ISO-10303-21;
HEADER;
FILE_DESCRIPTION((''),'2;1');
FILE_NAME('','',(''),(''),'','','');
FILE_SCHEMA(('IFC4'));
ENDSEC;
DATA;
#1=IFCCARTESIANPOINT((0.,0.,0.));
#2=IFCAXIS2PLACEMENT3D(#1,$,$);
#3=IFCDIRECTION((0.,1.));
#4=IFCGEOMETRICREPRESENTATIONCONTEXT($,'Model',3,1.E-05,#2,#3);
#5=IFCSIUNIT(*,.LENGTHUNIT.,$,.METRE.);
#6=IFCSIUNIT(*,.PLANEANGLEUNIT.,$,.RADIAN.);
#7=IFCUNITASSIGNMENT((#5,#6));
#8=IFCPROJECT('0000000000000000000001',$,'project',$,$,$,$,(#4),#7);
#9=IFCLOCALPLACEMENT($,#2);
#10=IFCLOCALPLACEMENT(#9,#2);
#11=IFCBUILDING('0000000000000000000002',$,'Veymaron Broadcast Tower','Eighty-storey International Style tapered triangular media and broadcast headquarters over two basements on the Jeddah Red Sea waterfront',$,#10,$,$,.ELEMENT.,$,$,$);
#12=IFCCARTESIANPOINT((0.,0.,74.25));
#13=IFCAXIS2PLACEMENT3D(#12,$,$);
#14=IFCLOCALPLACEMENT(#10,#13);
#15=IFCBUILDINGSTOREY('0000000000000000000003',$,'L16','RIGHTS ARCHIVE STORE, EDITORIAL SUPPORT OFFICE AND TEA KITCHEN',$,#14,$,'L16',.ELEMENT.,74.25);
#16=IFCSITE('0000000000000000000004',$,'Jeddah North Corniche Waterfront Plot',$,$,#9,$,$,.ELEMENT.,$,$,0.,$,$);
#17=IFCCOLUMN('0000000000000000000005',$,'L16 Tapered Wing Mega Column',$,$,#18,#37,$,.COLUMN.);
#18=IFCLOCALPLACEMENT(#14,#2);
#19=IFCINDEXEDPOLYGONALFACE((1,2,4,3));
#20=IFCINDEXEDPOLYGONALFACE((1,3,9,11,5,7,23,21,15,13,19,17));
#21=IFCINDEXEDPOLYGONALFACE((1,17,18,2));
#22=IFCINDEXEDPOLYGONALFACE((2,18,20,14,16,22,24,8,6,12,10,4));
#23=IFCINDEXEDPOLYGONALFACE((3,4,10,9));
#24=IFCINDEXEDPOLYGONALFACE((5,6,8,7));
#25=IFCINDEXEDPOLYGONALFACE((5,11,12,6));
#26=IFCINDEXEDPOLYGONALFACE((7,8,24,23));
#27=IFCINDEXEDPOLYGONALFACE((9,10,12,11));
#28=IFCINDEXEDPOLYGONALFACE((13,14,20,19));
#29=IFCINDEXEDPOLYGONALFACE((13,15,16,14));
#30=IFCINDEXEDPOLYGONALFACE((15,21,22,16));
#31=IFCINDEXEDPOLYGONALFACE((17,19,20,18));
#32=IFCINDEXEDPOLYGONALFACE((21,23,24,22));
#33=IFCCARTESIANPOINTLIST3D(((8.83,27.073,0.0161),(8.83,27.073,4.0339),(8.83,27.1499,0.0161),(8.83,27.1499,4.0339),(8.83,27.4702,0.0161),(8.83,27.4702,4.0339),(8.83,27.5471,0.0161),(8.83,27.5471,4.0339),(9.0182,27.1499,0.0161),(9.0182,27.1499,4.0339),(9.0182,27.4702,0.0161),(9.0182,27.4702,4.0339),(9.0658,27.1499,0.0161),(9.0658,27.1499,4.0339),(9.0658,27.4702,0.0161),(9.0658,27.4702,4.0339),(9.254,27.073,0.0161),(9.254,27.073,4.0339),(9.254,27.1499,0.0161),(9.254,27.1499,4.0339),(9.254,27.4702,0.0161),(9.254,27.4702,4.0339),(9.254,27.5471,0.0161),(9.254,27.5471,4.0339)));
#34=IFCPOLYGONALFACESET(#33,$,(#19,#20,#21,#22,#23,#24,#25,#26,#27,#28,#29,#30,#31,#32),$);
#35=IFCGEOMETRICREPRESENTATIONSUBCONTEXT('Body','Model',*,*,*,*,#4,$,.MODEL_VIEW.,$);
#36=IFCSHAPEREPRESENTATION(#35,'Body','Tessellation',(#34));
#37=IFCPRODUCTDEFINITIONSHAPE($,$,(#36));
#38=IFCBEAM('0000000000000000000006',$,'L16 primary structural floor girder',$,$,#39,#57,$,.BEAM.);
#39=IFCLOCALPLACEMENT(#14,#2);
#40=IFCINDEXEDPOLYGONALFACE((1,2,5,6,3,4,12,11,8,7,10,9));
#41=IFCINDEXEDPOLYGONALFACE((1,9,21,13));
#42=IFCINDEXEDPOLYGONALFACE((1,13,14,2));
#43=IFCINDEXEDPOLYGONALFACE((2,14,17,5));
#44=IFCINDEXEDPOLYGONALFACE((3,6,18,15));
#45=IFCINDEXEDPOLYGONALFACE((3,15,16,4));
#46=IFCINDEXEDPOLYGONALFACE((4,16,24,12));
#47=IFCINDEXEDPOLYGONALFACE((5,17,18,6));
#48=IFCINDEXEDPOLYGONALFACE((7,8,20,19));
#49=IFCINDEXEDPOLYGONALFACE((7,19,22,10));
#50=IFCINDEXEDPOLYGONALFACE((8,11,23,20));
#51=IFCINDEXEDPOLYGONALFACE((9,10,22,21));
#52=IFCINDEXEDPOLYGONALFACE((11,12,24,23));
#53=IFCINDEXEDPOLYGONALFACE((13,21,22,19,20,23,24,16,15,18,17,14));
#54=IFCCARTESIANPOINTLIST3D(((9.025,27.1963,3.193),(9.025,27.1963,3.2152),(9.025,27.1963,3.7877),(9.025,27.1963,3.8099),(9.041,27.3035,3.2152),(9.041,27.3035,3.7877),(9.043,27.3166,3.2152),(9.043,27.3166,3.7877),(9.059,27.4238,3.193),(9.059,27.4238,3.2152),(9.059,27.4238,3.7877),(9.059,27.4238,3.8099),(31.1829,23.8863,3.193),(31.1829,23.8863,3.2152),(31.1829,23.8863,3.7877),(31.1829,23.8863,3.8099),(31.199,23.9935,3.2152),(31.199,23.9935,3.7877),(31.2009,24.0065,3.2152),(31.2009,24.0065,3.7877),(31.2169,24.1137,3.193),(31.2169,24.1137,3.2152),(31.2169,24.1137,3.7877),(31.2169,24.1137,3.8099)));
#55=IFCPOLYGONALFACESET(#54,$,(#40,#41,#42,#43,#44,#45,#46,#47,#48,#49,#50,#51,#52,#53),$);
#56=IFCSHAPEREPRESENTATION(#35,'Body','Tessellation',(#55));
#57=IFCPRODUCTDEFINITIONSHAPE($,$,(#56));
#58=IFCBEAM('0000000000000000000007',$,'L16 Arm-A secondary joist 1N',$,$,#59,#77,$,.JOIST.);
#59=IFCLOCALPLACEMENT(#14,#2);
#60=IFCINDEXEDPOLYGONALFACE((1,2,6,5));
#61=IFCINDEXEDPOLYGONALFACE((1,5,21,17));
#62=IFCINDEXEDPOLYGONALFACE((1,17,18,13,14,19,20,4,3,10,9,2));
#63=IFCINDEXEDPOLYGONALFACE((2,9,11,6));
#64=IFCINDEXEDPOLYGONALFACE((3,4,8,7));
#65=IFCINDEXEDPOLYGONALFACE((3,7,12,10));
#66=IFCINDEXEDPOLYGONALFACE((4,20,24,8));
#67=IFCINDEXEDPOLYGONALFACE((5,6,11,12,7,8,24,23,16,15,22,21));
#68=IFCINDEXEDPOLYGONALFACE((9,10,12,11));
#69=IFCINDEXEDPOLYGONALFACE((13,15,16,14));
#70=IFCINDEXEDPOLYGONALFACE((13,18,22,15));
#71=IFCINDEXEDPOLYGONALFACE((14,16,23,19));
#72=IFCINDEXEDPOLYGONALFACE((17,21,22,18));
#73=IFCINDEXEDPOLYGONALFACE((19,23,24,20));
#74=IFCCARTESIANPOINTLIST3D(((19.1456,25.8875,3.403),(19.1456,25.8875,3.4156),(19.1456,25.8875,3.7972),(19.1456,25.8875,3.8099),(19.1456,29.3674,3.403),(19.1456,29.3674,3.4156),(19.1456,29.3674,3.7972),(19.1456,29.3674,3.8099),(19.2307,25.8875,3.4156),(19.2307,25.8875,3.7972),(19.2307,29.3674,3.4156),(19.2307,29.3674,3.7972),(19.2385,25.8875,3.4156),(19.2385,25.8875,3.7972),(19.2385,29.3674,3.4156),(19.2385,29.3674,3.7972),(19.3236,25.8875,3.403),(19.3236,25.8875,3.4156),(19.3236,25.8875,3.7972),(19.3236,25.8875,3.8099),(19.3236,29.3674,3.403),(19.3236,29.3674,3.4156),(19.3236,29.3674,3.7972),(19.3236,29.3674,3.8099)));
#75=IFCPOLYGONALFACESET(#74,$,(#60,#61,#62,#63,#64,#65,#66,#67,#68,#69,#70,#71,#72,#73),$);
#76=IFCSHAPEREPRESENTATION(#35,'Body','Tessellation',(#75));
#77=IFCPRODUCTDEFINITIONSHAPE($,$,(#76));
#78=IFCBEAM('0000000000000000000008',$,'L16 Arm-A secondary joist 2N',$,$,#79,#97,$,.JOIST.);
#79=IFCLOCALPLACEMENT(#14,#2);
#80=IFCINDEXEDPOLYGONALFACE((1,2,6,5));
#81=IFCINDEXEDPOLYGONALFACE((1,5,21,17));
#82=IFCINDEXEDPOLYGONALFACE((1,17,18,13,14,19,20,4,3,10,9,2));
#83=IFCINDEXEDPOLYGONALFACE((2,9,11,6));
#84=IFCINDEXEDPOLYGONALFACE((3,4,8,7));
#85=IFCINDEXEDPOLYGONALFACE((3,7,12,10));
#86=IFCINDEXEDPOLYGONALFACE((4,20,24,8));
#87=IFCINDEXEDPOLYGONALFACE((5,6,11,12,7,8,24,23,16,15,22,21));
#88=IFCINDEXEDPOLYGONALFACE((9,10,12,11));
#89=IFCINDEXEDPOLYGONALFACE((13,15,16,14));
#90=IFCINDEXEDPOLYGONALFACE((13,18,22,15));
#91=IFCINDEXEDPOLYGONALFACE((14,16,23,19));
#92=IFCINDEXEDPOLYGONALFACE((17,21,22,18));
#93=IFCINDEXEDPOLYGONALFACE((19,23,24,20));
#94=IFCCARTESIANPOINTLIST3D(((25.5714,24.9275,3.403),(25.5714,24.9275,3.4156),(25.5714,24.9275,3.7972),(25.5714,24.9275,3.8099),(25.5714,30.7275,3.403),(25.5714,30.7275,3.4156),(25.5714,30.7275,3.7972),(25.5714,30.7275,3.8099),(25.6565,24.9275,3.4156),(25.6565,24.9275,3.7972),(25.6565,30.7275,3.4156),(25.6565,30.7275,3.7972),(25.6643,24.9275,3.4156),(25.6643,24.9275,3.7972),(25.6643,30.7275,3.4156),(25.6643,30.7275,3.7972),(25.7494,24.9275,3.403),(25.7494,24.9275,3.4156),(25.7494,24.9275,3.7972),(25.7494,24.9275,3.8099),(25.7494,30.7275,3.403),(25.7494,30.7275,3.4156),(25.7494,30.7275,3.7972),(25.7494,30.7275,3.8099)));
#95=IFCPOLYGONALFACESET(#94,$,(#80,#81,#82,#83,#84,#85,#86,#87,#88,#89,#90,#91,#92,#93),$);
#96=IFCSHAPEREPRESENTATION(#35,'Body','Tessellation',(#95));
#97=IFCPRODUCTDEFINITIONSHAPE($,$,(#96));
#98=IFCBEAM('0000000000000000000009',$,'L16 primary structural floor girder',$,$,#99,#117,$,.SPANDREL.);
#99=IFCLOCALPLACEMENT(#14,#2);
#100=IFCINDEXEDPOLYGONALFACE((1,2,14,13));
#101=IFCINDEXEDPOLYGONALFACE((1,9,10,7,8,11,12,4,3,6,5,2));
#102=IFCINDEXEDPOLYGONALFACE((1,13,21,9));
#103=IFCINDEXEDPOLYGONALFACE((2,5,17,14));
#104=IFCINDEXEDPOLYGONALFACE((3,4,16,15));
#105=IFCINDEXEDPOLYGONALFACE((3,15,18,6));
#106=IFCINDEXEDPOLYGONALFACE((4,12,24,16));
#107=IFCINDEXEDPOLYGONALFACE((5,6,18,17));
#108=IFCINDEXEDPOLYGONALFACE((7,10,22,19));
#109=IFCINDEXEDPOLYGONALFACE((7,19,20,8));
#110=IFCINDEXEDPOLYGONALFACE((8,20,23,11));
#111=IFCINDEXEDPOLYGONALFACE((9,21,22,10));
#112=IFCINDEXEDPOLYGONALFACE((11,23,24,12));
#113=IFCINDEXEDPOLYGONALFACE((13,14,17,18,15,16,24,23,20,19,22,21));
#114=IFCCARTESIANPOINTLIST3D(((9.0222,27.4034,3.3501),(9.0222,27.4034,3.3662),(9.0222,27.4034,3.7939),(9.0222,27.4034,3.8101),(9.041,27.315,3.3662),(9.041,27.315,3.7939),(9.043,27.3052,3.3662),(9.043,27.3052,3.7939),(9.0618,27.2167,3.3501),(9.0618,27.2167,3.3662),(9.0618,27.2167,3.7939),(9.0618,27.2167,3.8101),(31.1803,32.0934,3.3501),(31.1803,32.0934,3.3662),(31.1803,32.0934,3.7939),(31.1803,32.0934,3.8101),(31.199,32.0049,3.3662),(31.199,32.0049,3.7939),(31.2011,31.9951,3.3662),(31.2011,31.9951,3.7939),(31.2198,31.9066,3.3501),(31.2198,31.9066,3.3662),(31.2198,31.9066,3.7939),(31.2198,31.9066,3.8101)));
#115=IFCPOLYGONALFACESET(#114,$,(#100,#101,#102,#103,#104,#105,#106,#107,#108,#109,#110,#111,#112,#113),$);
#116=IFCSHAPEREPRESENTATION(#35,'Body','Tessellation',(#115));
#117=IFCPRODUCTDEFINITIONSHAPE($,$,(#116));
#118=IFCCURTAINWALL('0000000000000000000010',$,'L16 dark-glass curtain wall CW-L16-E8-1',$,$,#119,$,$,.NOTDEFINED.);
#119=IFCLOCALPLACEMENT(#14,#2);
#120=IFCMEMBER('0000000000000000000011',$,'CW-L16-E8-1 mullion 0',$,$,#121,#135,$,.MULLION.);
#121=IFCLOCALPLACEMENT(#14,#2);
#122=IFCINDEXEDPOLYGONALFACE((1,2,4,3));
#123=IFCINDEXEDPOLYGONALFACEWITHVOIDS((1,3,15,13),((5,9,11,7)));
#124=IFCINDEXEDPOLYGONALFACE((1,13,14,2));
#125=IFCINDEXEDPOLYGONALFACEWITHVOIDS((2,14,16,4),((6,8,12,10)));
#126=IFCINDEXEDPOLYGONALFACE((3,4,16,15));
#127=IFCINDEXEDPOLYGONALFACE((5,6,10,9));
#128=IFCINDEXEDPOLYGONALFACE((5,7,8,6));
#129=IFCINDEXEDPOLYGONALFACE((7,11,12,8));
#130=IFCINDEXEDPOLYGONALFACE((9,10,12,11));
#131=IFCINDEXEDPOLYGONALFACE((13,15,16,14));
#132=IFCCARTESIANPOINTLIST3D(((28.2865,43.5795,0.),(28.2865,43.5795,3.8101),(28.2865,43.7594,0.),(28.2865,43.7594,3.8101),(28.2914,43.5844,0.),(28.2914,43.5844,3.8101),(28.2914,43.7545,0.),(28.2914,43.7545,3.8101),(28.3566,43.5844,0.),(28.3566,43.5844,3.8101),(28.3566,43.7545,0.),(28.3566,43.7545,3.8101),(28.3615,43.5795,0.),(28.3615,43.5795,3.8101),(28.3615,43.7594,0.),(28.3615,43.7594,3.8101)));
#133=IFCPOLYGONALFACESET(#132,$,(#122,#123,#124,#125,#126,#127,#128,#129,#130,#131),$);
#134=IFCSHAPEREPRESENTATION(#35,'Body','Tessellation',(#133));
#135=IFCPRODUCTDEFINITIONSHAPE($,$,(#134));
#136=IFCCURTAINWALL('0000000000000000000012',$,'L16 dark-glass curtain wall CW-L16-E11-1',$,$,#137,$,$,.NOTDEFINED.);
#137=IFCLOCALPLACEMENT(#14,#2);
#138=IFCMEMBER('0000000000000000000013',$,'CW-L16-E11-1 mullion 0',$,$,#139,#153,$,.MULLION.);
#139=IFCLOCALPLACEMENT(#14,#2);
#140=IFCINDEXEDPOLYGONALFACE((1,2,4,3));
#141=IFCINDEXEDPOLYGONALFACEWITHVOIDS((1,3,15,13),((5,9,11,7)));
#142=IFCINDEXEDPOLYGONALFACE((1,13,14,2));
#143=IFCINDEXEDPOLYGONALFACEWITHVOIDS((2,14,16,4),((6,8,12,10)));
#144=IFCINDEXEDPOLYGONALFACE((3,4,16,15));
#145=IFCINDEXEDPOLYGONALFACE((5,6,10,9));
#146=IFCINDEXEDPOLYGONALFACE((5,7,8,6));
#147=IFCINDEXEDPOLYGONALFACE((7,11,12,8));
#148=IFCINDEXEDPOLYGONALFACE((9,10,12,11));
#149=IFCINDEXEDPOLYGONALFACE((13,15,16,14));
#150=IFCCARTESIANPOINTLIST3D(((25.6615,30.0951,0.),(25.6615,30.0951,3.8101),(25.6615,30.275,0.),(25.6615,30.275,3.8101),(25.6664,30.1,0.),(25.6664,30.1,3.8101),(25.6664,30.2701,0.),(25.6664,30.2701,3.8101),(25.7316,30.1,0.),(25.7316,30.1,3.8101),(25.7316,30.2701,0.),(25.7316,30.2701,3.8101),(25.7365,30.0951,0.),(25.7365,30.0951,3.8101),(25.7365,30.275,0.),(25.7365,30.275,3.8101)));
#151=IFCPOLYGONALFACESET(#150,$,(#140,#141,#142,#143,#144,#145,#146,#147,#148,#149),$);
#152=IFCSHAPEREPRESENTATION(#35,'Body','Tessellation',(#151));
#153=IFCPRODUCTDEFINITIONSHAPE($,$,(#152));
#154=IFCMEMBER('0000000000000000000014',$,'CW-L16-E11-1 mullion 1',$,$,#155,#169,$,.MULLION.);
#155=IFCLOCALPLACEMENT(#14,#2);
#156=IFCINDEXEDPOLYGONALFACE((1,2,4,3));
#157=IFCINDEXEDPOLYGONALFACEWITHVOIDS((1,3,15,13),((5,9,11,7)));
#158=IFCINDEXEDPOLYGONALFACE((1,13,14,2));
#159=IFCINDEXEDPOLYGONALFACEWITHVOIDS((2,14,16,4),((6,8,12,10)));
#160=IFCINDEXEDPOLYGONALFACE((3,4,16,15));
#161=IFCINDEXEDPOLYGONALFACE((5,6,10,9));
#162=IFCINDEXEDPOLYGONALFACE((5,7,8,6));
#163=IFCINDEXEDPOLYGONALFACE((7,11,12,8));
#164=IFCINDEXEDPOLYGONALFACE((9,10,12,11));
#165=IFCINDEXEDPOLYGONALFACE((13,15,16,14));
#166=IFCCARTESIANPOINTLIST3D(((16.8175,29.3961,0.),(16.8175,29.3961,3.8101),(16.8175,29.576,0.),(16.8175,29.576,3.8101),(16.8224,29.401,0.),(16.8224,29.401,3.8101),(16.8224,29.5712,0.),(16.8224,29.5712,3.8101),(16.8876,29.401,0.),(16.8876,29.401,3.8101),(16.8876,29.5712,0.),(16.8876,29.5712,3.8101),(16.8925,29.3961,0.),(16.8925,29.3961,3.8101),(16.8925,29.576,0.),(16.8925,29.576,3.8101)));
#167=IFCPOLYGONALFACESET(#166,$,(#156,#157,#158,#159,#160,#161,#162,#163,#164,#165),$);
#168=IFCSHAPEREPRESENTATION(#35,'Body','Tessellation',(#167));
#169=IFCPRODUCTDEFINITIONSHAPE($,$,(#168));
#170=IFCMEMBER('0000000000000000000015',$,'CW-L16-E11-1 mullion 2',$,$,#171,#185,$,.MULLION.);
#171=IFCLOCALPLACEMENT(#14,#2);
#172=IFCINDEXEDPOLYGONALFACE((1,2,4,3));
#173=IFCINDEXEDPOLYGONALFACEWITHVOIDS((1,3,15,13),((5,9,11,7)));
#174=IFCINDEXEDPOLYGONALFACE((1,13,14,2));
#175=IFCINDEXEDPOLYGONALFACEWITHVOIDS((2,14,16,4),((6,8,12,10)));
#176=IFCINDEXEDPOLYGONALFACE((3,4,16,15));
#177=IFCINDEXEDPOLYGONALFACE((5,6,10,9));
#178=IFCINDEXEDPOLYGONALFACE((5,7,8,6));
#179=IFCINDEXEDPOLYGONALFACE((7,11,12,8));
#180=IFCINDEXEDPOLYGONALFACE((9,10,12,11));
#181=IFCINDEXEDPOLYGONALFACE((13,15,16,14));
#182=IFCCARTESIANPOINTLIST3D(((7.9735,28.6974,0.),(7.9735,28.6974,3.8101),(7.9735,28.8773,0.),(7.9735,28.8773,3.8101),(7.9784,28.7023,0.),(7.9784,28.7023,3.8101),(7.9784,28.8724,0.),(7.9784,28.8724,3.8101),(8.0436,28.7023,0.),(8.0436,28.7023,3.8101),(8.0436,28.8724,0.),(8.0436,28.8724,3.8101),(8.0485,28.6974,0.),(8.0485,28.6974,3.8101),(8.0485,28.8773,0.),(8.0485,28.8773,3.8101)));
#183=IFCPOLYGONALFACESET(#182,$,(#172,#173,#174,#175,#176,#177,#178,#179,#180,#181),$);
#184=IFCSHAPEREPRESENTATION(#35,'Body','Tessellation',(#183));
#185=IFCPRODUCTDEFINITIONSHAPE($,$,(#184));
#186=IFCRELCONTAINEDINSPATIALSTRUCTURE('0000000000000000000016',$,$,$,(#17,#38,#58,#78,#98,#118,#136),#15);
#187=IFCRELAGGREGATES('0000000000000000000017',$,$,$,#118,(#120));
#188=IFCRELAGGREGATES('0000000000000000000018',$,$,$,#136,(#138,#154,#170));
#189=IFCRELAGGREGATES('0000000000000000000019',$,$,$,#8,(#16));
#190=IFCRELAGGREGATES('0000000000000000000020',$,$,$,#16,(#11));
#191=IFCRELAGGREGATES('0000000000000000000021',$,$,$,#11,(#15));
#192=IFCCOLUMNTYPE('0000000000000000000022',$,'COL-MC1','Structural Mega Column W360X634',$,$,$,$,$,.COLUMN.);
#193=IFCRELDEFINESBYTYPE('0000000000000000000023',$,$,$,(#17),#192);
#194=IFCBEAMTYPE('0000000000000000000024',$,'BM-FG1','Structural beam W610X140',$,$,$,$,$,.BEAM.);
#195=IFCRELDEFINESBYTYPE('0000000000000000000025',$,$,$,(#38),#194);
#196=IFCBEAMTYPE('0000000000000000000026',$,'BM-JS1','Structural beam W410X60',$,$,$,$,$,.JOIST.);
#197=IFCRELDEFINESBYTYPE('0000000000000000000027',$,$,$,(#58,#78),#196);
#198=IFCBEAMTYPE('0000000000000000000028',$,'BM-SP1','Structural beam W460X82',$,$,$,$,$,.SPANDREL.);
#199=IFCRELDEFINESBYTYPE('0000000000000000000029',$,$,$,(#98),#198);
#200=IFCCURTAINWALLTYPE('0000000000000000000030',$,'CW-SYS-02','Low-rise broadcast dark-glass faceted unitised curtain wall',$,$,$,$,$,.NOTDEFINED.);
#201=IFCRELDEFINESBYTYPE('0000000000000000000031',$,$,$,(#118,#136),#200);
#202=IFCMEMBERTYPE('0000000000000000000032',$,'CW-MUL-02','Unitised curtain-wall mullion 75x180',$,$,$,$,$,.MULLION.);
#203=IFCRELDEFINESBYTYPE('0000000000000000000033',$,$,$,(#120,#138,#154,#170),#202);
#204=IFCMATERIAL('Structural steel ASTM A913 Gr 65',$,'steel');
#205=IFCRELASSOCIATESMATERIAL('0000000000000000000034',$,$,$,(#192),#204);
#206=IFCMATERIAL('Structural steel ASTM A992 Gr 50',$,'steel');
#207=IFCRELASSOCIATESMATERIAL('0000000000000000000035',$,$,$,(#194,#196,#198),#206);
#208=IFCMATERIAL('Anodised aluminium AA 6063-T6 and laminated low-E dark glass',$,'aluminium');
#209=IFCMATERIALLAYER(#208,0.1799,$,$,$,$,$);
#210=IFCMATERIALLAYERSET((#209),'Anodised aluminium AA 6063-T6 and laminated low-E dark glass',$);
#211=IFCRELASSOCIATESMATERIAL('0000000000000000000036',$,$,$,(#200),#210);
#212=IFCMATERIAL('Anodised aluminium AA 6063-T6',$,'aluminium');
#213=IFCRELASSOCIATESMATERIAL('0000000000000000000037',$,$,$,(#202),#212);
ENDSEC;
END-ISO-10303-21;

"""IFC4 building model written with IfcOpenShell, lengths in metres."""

from ifc_helpers import new_model, si_unit, direction, frame, origin, origin_2d, place, context, subcontext, project, spatial, hollow_rectangle, i_section, extrude, material, layer, layer_set, material_profile, profile_set, type_object, element, aggregate, save


model = new_model("IFC4")

# Units and contexts
model_context = context("Model", 3, precision=1e-05, world=origin(), true_north=direction((0.0, 1.0)))
body_context = subcontext(model_context, "Body", "Model", "MODEL_VIEW")
ifc_project = project(units=[si_unit("LENGTHUNIT", "METRE"), si_unit("PLANEANGLEUNIT", "RADIAN")], contexts=[model_context])

# Site, building, storey
site_placement = place(None, origin())
site = spatial("IfcSite", under=ifc_project, at=site_placement, Name="Jeddah North Corniche Waterfront Plot", CompositionType="ELEMENT", RefElevation=0.0)
building_placement = place(site_placement, origin())
building = spatial("IfcBuilding", under=site, at=building_placement, Name="Veymaron Broadcast Tower", Description="Eighty-storey International Style tapered triangular media and broadcast headquarters over two basements on the Jeddah Red Sea waterfront", CompositionType="ELEMENT")
storey_placement = place(building_placement, frame((0.0, 0.0, 74.25)))
storey = spatial("IfcBuildingStorey", under=building, at=storey_placement, Name="L16", Description="RIGHTS ARCHIVE STORE, EDITORIAL SUPPORT OFFICE AND TEA KITCHEN", LongName="L16", CompositionType="ELEMENT", Elevation=74.25)

# Column
ifc_material_1 = material(Name="Structural steel ASTM A913 Gr 65", Category="steel")
ifc_material_profile_1 = material_profile(ifc_material_1, i_section(OverallWidth=0.4241, OverallDepth=0.4741, WebThickness=0.0476, FlangeThickness=0.0769, at=origin_2d()), Name="W360X634")
ifc_profile_set_1 = profile_set([ifc_material_profile_1], Name="Structural steel ASTM A913 Gr 65")
column_type = type_object("IfcColumnType", Name="COL-MC1", Description="Structural Mega Column W360X634", PredefinedType="COLUMN", material=ifc_profile_set_1)
column_placement = place(storey_placement, frame((9.042, 27.3101, 0.0161), z_axis=(0.0, 0.0, 1.0), x_axis=(1.0, 0.0, 0.0)))
element("IfcColumn", 1, at=column_placement, inside=storey, type_object=column_type, Name="L16 Tapered Wing Mega Column", PredefinedType="COLUMN", context=body_context, shape_type="SweptSolid", body=[
    extrude(i_section(OverallWidth=0.4241, OverallDepth=0.4741, WebThickness=0.0476, FlangeThickness=0.0769, at=origin_2d()), origin(), (0.0, 0.0, 1.0), 4.0178),
])

# Beams
ifc_material_2 = material(Name="Structural steel ASTM A992 Gr 50", Category="steel")
ifc_material_profile_2 = material_profile(ifc_material_2, i_section(OverallWidth=0.23, OverallDepth=0.6169, WebThickness=0.0132, FlangeThickness=0.0222, at=origin_2d()), Name="W610X140")
ifc_profile_set_2 = profile_set([ifc_material_profile_2], Name="Structural steel ASTM A992 Gr 50")
beam_type_1 = type_object("IfcBeamType", Name="BM-FG1", Description="Structural beam W610X140", PredefinedType="BEAM", material=ifc_profile_set_2)
beam_1_placement = place(storey_placement, frame((9.042, 27.3101, 3.5015), z_axis=(0.989025, -0.147745, 0.0), x_axis=(0.147745, 0.989025, 0.0)))
element("IfcBeam", 2, at=beam_1_placement, inside=storey, type_object=beam_type_1, Name="L16 primary structural floor girder", PredefinedType="BEAM", context=body_context, shape_type="SweptSolid", body=[
    extrude(i_section(OverallWidth=0.23, OverallDepth=0.6169, WebThickness=0.0132, FlangeThickness=0.0222, at=origin_2d()), origin(), (0.0, 0.0, 1.0), 22.4038),
])
ifc_material_profile_3 = material_profile(ifc_material_2, i_section(OverallWidth=0.178, OverallDepth=0.407, WebThickness=0.0078, FlangeThickness=0.0127, at=origin_2d()), Name="W410X60")
ifc_profile_set_3 = profile_set([ifc_material_profile_3], Name="Structural steel ASTM A992 Gr 50")
beam_type_2 = type_object("IfcBeamType", Name="BM-JS1", Description="Structural beam W410X60", PredefinedType="JOIST", material=ifc_profile_set_3)
beam_2_placement = place(storey_placement, frame((19.2346, 25.8875, 3.6064), z_axis=(0.0, 1.0, 0.0), x_axis=(-1.0, 0.0, 0.0)))
element("IfcBeam", 3, at=beam_2_placement, inside=storey, type_object=beam_type_2, Name="L16 Arm-A secondary joist 1N", PredefinedType="JOIST", context=body_context, shape_type="SweptSolid", body=[
    extrude(i_section(OverallWidth=0.178, OverallDepth=0.407, WebThickness=0.0078, FlangeThickness=0.0127, at=origin_2d()), origin(), (0.0, 0.0, 1.0), 3.48),
])
beam_3_placement = place(storey_placement, frame((25.6604, 24.9275, 3.6064), z_axis=(0.0, 1.0, 0.0), x_axis=(-1.0, 0.0, 0.0)))
element("IfcBeam", 4, at=beam_3_placement, inside=storey, type_object=beam_type_2, Name="L16 Arm-A secondary joist 2N", PredefinedType="JOIST", context=body_context, shape_type="SweptSolid", body=[
    extrude(i_section(OverallWidth=0.178, OverallDepth=0.407, WebThickness=0.0078, FlangeThickness=0.0127, at=origin_2d()), origin(), (0.0, 0.0, 1.0), 5.8),
])
ifc_material_profile_4 = material_profile(ifc_material_2, i_section(OverallWidth=0.1909, OverallDepth=0.46, WebThickness=0.01, FlangeThickness=0.0161, at=origin_2d()), Name="W460X82")
ifc_profile_set_4 = profile_set([ifc_material_profile_4], Name="Structural steel ASTM A992 Gr 50")
beam_type_3 = type_object("IfcBeamType", Name="BM-SP1", Description="Structural beam W460X82", PredefinedType="SPANDREL", material=ifc_profile_set_4)
beam_4_placement = place(storey_placement, frame((9.042, 27.3101, 3.5801), z_axis=(0.978326, 0.207072, 0.0), x_axis=(-0.207072, 0.978326, 0.0)))
element("IfcBeam", 5, at=beam_4_placement, inside=storey, type_object=beam_type_3, Name="L16 primary structural floor girder", PredefinedType="SPANDREL", context=body_context, shape_type="SweptSolid", body=[
    extrude(i_section(OverallWidth=0.1909, OverallDepth=0.46, WebThickness=0.01, FlangeThickness=0.0161, at=origin_2d()), origin(), (0.0, 0.0, 1.0), 22.6489),
])

# Curtain wall, member
ifc_material_3 = material(Name="Anodised aluminium AA 6063-T6 and laminated low-E dark glass", Category="aluminium")
ifc_layer_1 = layer(ifc_material_3, 0.1799)
ifc_layer_set_1 = layer_set([ifc_layer_1], Name="Anodised aluminium AA 6063-T6 and laminated low-E dark glass")
curtain_wall_type = type_object("IfcCurtainWallType", Name="CW-SYS-02", Description="Low-rise broadcast dark-glass faceted unitised curtain wall", PredefinedType="NOTDEFINED", material=ifc_layer_set_1)
curtain_wall_1_placement = place(storey_placement, origin())
curtain_wall_1 = element("IfcCurtainWall", 6, at=curtain_wall_1_placement, inside=storey, type_object=curtain_wall_type, Name="L16 dark-glass curtain wall CW-L16-E8-1", PredefinedType="NOTDEFINED")
ifc_material_4 = material(Name="Anodised aluminium AA 6063-T6", Category="aluminium")
ifc_material_profile_5 = material_profile(ifc_material_4, hollow_rectangle(XDim=0.075, YDim=0.1799, WallThickness=0.0049, at=origin_2d()), Name="AL180X75X5")
ifc_profile_set_5 = profile_set([ifc_material_profile_5], Name="Anodised aluminium AA 6063-T6")
member_type_1 = type_object("IfcMemberType", Name="CW-MUL-02", Description="Unitised curtain-wall mullion 75x180", PredefinedType="MULLION", material=ifc_profile_set_5)
member_1_placement = place(storey_placement, frame((28.324, 43.6694, 0.0), z_axis=(0.0, 0.0, 1.0), x_axis=(1.0, 0.0, 0.0)))
member_1 = element("IfcMember", 7, at=member_1_placement, type_object=member_type_1, Name="CW-L16-E8-1 mullion 0", PredefinedType="MULLION", context=body_context, shape_type="SweptSolid", body=[
    extrude(hollow_rectangle(XDim=0.075, YDim=0.1799, WallThickness=0.0049, at=origin_2d()), origin(), (0.0, 0.0, 1.0), 3.8101),
])

# Curtain wall, members
curtain_wall_2_placement = place(storey_placement, origin())
curtain_wall_2 = element("IfcCurtainWall", 8, at=curtain_wall_2_placement, inside=storey, type_object=curtain_wall_type, Name="L16 dark-glass curtain wall CW-L16-E11-1", PredefinedType="NOTDEFINED")
member_2_placement = place(storey_placement, frame((25.699, 30.1851, 0.0), z_axis=(0.0, 0.0, 1.0), x_axis=(1.0, 0.0, 0.0)))
member_2 = element("IfcMember", 9, at=member_2_placement, type_object=member_type_1, Name="CW-L16-E11-1 mullion 0", PredefinedType="MULLION", context=body_context, shape_type="SweptSolid", body=[
    extrude(hollow_rectangle(XDim=0.075, YDim=0.1799, WallThickness=0.0049, at=origin_2d()), origin(), (0.0, 0.0, 1.0), 3.8101),
])
member_3_placement = place(storey_placement, frame((16.855, 29.4861, 0.0), z_axis=(0.0, 0.0, 1.0), x_axis=(1.0, 0.0, 0.0)))
member_3 = element("IfcMember", 10, at=member_3_placement, type_object=member_type_1, Name="CW-L16-E11-1 mullion 1", PredefinedType="MULLION", context=body_context, shape_type="SweptSolid", body=[
    extrude(hollow_rectangle(XDim=0.075, YDim=0.1799, WallThickness=0.0049, at=origin_2d()), origin(), (0.0, 0.0, 1.0), 3.8101),
])
member_4_placement = place(storey_placement, frame((8.011, 28.7874, 0.0), z_axis=(0.0, 0.0, 1.0), x_axis=(1.0, 0.0, 0.0)))
member_4 = element("IfcMember", 11, at=member_4_placement, type_object=member_type_1, Name="CW-L16-E11-1 mullion 2", PredefinedType="MULLION", context=body_context, shape_type="SweptSolid", body=[
    extrude(hollow_rectangle(XDim=0.075, YDim=0.1799, WallThickness=0.0049, at=origin_2d()), origin(), (0.0, 0.0, 1.0), 3.8101),
])

aggregate(curtain_wall_1, [member_1])

aggregate(curtain_wall_2, [member_2, member_3, member_4])

save(model, "model.ifc")
